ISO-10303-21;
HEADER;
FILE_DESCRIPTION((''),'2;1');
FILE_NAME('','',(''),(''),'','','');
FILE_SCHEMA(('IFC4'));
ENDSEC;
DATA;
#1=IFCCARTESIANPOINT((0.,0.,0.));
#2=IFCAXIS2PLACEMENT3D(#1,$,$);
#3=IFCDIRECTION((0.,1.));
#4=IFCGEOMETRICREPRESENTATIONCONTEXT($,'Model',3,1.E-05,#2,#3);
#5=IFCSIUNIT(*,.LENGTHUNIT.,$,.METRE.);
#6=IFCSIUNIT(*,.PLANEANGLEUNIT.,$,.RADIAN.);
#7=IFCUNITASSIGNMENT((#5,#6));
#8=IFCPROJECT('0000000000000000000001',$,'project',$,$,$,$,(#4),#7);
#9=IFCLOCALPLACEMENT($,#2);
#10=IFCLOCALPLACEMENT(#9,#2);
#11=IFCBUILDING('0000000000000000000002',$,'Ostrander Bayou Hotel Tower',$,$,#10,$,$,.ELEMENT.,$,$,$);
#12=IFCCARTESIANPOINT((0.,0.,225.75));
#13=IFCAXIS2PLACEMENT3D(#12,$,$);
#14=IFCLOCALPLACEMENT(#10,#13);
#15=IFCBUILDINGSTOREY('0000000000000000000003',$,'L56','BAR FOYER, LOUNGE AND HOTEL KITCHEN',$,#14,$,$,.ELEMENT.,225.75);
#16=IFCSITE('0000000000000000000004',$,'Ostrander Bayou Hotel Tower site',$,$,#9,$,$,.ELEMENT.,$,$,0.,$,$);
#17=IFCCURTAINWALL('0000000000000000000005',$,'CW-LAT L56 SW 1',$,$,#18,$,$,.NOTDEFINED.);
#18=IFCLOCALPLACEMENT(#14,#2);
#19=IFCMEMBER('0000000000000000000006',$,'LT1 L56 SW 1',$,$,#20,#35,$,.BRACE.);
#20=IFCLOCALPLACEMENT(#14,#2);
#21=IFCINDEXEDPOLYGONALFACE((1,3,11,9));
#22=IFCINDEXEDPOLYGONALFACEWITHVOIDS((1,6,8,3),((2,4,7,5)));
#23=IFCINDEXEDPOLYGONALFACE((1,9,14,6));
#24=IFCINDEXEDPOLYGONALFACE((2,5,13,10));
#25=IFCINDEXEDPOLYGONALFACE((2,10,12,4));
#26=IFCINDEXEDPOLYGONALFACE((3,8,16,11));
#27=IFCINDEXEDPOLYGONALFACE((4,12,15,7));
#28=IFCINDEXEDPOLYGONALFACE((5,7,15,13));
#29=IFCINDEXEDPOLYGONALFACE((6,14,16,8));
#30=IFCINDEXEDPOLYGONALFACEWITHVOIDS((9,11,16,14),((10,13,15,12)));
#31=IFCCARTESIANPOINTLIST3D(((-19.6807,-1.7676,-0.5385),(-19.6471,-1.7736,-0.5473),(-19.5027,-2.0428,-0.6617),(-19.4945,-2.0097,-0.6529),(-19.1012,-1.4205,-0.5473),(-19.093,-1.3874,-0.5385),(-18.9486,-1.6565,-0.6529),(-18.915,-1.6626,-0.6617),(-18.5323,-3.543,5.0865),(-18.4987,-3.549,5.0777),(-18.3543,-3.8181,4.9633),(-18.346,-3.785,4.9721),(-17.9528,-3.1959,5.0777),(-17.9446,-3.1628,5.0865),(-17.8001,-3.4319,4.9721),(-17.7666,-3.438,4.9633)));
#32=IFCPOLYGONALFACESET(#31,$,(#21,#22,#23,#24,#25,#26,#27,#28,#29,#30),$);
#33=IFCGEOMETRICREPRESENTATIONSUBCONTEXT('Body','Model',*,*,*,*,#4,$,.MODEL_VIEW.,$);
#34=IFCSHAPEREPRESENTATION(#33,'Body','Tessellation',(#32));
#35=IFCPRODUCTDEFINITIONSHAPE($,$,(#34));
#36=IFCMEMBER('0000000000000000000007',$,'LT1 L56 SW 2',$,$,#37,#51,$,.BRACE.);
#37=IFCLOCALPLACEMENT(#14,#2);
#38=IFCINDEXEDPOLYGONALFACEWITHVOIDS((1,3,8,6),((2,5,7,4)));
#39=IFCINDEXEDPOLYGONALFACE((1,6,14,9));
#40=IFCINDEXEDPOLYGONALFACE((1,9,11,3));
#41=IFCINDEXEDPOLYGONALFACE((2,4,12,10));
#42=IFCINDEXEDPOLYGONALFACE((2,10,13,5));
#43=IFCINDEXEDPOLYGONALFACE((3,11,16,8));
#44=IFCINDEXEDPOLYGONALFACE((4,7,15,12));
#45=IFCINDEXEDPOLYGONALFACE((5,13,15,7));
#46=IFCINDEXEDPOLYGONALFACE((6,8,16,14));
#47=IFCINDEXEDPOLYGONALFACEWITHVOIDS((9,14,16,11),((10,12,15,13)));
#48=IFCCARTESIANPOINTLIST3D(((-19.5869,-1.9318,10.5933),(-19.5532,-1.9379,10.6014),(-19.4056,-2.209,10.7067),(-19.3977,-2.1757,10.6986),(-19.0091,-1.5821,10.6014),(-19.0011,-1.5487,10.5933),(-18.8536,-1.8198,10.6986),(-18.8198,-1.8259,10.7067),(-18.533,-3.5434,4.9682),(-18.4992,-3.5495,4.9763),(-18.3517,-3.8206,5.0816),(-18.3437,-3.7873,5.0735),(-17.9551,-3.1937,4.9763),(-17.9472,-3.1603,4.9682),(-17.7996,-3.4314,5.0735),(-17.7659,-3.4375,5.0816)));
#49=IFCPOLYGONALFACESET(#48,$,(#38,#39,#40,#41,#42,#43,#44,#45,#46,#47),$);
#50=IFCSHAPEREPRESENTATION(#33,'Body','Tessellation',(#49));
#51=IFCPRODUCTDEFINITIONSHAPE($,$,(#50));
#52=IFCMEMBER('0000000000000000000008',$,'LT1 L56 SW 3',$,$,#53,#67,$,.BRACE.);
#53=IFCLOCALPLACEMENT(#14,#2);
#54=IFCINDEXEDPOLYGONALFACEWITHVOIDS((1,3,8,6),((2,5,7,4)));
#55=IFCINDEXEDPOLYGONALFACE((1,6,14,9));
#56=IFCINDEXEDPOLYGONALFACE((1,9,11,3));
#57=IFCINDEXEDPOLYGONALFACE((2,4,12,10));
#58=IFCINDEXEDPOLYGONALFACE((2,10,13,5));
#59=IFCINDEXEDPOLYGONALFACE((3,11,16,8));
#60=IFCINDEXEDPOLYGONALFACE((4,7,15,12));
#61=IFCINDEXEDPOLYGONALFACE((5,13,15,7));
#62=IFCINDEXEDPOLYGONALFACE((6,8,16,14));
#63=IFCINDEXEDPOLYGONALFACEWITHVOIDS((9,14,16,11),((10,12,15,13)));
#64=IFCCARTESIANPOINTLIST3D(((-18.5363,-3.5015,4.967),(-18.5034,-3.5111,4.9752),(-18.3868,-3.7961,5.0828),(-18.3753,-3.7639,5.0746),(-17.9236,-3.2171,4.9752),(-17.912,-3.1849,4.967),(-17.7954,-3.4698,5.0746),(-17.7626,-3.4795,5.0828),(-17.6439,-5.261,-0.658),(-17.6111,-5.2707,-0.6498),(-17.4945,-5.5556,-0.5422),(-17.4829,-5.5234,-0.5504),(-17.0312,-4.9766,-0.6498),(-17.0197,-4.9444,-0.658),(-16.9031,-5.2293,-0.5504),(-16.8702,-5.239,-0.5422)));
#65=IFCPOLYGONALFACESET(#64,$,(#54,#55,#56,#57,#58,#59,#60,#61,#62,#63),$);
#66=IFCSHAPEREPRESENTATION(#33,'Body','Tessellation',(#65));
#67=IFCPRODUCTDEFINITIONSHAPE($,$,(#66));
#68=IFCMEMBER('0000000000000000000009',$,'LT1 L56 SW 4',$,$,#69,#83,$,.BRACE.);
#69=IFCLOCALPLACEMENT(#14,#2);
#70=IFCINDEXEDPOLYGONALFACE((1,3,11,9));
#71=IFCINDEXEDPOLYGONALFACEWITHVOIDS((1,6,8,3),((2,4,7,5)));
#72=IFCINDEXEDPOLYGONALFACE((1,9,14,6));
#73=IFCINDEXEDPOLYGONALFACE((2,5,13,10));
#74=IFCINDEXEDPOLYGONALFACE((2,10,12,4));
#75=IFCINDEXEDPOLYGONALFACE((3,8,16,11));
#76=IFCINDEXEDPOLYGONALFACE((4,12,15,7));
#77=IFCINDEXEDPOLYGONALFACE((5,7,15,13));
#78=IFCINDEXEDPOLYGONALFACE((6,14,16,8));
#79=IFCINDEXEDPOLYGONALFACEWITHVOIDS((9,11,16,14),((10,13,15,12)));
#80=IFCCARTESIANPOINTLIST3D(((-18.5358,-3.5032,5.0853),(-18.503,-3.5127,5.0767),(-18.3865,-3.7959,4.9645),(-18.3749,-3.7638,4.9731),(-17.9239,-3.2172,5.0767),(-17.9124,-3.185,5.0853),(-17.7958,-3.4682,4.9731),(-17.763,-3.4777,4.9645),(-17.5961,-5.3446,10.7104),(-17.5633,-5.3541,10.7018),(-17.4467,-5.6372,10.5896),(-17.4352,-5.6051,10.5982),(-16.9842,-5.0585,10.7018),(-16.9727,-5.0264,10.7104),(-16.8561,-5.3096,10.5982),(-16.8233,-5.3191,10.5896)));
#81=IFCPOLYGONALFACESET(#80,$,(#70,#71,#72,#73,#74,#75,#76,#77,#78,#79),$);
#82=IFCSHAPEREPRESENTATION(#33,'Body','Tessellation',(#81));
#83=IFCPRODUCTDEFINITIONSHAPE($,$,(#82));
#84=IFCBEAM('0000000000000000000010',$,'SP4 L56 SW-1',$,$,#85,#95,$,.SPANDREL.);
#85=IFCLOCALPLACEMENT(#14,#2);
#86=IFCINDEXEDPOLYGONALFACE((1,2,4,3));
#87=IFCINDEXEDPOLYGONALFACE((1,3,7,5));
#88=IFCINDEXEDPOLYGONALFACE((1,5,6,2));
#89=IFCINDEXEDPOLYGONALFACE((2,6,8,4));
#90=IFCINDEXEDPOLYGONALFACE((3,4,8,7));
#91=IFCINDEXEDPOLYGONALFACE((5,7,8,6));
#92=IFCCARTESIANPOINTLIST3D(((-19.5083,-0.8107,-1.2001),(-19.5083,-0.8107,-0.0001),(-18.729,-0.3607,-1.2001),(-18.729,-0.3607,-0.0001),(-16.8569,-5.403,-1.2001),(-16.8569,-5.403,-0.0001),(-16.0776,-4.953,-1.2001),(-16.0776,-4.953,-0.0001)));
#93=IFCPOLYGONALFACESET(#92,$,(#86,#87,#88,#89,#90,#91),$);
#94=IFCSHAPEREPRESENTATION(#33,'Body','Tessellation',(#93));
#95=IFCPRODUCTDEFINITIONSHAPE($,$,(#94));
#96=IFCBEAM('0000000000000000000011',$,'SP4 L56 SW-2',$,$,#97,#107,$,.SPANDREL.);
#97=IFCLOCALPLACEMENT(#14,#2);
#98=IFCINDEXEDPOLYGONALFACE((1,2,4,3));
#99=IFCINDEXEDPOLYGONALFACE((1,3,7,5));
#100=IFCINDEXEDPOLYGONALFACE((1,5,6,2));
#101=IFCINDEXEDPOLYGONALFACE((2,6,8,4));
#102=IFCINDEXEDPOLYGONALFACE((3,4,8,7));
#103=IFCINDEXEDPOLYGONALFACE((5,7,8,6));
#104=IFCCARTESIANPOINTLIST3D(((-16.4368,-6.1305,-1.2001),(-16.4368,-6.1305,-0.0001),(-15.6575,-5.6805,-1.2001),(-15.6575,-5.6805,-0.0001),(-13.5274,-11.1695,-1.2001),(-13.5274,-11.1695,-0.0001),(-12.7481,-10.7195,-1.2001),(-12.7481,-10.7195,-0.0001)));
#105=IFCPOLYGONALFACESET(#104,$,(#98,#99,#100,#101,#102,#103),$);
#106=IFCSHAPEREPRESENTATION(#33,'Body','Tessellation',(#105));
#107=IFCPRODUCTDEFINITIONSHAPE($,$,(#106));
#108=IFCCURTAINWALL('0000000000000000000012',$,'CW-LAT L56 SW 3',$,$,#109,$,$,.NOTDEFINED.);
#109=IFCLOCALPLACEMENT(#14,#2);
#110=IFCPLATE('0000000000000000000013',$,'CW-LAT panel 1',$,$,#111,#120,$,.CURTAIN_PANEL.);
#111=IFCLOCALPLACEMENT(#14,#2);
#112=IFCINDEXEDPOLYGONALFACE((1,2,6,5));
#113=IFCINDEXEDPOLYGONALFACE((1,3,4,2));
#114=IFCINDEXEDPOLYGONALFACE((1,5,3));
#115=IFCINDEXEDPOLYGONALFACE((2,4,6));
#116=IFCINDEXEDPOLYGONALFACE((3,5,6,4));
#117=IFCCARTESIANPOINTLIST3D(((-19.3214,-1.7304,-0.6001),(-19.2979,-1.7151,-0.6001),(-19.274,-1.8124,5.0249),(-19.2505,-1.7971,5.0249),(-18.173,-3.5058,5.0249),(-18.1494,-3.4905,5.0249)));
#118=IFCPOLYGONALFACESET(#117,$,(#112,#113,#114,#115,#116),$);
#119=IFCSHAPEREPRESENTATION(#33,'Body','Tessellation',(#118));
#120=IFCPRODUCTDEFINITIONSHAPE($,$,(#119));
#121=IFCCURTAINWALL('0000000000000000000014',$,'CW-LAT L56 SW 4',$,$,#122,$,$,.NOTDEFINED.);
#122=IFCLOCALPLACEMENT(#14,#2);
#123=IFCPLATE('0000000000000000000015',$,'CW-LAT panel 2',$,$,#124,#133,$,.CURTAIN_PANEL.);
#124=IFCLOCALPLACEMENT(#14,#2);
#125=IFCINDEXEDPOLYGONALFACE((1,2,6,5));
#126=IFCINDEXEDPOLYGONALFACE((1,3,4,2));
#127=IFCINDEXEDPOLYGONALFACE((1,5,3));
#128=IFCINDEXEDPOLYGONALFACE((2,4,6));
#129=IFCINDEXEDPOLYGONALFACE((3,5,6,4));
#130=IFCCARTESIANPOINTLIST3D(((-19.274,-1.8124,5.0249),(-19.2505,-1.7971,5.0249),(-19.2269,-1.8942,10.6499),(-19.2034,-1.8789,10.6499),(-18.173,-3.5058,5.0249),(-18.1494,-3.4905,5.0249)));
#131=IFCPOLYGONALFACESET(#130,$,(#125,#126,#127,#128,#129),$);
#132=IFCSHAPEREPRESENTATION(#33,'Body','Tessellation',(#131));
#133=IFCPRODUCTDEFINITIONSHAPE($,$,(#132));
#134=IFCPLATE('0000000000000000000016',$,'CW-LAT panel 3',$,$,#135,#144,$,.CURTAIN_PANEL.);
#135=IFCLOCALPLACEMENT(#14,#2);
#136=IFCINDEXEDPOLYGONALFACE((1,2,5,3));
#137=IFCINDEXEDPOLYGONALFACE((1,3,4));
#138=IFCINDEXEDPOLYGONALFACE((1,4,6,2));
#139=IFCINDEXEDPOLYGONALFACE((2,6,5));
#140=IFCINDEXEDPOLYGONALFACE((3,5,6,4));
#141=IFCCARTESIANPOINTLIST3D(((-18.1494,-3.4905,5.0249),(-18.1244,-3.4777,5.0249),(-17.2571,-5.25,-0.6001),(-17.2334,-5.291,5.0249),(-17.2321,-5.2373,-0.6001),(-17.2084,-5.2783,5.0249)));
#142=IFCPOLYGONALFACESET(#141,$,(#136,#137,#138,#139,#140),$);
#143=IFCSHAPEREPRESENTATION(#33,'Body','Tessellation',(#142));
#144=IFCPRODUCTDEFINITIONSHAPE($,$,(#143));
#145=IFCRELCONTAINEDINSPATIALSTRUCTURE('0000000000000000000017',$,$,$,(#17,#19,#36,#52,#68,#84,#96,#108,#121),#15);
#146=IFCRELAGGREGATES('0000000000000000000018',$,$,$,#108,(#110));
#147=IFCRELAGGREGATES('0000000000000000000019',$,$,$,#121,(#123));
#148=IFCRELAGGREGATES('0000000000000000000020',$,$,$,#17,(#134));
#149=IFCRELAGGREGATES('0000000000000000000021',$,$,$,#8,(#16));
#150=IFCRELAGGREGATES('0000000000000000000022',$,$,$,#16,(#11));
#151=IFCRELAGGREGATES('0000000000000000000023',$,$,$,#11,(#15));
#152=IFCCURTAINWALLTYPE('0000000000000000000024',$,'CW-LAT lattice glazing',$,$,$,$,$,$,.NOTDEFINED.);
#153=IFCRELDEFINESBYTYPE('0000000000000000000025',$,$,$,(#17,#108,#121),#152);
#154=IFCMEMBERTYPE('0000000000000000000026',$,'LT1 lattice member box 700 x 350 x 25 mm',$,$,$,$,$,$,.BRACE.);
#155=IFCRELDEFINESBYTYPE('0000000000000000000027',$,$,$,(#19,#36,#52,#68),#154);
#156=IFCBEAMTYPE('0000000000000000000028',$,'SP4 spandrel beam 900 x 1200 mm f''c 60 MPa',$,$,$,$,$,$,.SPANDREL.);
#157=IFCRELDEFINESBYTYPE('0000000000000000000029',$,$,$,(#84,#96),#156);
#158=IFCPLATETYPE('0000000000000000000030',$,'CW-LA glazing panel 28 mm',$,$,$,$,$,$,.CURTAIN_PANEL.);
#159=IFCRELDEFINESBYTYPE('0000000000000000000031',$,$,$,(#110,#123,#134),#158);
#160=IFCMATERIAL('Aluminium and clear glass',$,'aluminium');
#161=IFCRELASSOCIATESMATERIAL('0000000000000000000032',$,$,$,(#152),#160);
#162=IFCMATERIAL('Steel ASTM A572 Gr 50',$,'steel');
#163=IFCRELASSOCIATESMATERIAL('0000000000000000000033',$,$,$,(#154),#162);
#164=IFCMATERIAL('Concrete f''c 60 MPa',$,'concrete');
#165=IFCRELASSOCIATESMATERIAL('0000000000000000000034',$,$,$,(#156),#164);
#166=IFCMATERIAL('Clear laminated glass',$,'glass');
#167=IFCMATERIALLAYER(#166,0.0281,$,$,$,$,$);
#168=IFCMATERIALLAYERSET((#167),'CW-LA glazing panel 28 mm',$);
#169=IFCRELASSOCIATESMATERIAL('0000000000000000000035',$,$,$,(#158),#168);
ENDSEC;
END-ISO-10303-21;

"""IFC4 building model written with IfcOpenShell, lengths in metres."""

from ifc_helpers import new_model, si_unit, direction, frame, origin, origin_2d, place, context, subcontext, project, spatial, polyline, rectangle, hollow_rectangle, outline, extrude, material, layer, layer_set, material_profile, profile_set, type_object, element, aggregate, save


model = new_model("IFC4")

# Units and contexts
model_context = context("Model", 3, precision=1e-05, world=origin(), true_north=direction((0.0, 1.0)))
body_context = subcontext(model_context, "Body", "Model", "MODEL_VIEW")
ifc_project = project(units=[si_unit("LENGTHUNIT", "METRE"), si_unit("PLANEANGLEUNIT", "RADIAN")], contexts=[model_context])

# Site, building, storey
site_placement = place(None, origin())
site = spatial("IfcSite", under=ifc_project, at=site_placement, Name="Ostrander Bayou Hotel Tower site", CompositionType="ELEMENT", RefElevation=0.0)
building_placement = place(site_placement, origin())
building = spatial("IfcBuilding", under=site, at=building_placement, Name="Ostrander Bayou Hotel Tower", CompositionType="ELEMENT")
storey_placement = place(building_placement, frame((0.0, 0.0, 225.75)))
storey = spatial("IfcBuildingStorey", under=building, at=storey_placement, Name="L56", Description="BAR FOYER, LOUNGE AND HOTEL KITCHEN", CompositionType="ELEMENT", Elevation=225.75)

# Curtain wall
ifc_material_1 = material(Name="Aluminium and clear glass", Category="aluminium")
curtain_wall_type = type_object("IfcCurtainWallType", Name="CW-LAT lattice glazing", PredefinedType="NOTDEFINED", material=ifc_material_1)
curtain_wall_1_placement = place(storey_placement, origin())
curtain_wall_1 = element("IfcCurtainWall", 1, at=curtain_wall_1_placement, inside=storey, type_object=curtain_wall_type, Name="CW-LAT L56 SW 1", PredefinedType="NOTDEFINED")

# Members
ifc_material_2 = material(Name="Steel ASTM A572 Gr 50", Category="steel")
ifc_material_profile_1 = material_profile(ifc_material_2, hollow_rectangle(XDim=0.7, YDim=0.3501, WallThickness=0.0249, at=origin_2d()))
ifc_profile_set_1 = profile_set([ifc_material_profile_1], Name="Steel ASTM A572 Gr 50")
member_type_1 = type_object("IfcMemberType", Name="LT1 lattice member box 700 x 350 x 25 mm", PredefinedType="BRACE", material=ifc_profile_set_1)
member_1_placement = place(storey_placement, frame((-18.1494, -3.4905, 5.0249), z_axis=(-0.19111, 0.295441, -0.936051), x_axis=(-0.839644, -0.543136, 0.0)))
element("IfcMember", 2, at=member_1_placement, inside=storey, type_object=member_type_1, Name="LT1 L56 SW 1", PredefinedType="BRACE", context=body_context, shape_type="SweptSolid", body=[
    extrude(hollow_rectangle(XDim=0.7, YDim=0.3501, WallThickness=0.0249, at=origin_2d()), origin(), (0.0, 0.0, 1.0), 6.0093),
])
member_2_placement = place(storey_placement, frame((-18.1494, -3.4905, 5.0249), z_axis=(-0.17727, 0.271059, 0.946098), x_axis=(-0.836914, -0.547335, 0.0)))
element("IfcMember", 3, at=member_2_placement, inside=storey, type_object=member_type_1, Name="LT1 L56 SW 2", PredefinedType="BRACE", context=body_context, shape_type="SweptSolid", body=[
    extrude(hollow_rectangle(XDim=0.7, YDim=0.3501, WallThickness=0.0249, at=origin_2d()), origin(), (0.0, 0.0, 1.0), 5.9456),
])
member_3_placement = place(storey_placement, frame((-18.1494, -3.4905, 5.0249), z_axis=(0.149697, -0.295175, -0.943643), x_axis=(0.891863, 0.452305, 0.0)))
element("IfcMember", 4, at=member_3_placement, inside=storey, type_object=member_type_1, Name="LT1 L56 SW 3", PredefinedType="BRACE", context=body_context, shape_type="SweptSolid", body=[
    extrude(hollow_rectangle(XDim=0.7, YDim=0.3501, WallThickness=0.0249, at=origin_2d()), origin(), (0.0, 0.0, 1.0), 5.9609),
])
member_4_placement = place(storey_placement, frame((-18.1494, -3.4905, 5.0249), z_axis=(0.156803, -0.307252, 0.938621), x_axis=(0.890712, 0.454568, 0.0)))
element("IfcMember", 5, at=member_4_placement, inside=storey, type_object=member_type_1, Name="LT1 L56 SW 4", PredefinedType="BRACE", context=body_context, shape_type="SweptSolid", body=[
    extrude(hollow_rectangle(XDim=0.7, YDim=0.3501, WallThickness=0.0249, at=origin_2d()), origin(), (0.0, 0.0, 1.0), 5.9929),
])

# Beams
ifc_material_3 = material(Name="Concrete f'c 60 MPa", Category="concrete")
ifc_material_profile_2 = material_profile(ifc_material_3, rectangle(XDim=0.8999, YDim=1.2, at=origin_2d()))
ifc_profile_set_2 = profile_set([ifc_material_profile_2], Name="Concrete f'c 60 MPa")
beam_type_1 = type_object("IfcBeamType", Name="SP4 spandrel beam 900 x 1200 mm f'c 60 MPa", PredefinedType="SPANDREL", material=ifc_profile_set_2)
beam_1_placement = place(storey_placement, frame((-19.1187, -0.5857, -0.6001), z_axis=(0.500001, -0.866025, 0.0), x_axis=(0.866025, 0.500001, 0.0)))
element("IfcBeam", 6, at=beam_1_placement, inside=storey, type_object=beam_type_1, Name="SP4 L56 SW-1", PredefinedType="SPANDREL", context=body_context, shape_type="SweptSolid", body=[
    extrude(rectangle(XDim=0.8999, YDim=1.2, at=origin_2d()), origin(), (0.0, 0.0, 1.0), 5.3027),
])
beam_2_placement = place(storey_placement, frame((-16.0471, -5.9055, -0.6001), z_axis=(0.500015, -0.866016, 0.0), x_axis=(0.866016, 0.500015, 0.0)))
element("IfcBeam", 7, at=beam_2_placement, inside=storey, type_object=beam_type_1, Name="SP4 L56 SW-2", PredefinedType="SPANDREL", context=body_context, shape_type="SweptSolid", body=[
    extrude(rectangle(XDim=0.8999, YDim=1.2, at=origin_2d()), origin(), (0.0, 0.0, 1.0), 5.8186),
])

# Curtain walls, plates
curtain_wall_2_placement = place(storey_placement, origin())
curtain_wall_2 = element("IfcCurtainWall", 8, at=curtain_wall_2_placement, inside=storey, type_object=curtain_wall_type, Name="CW-LAT L56 SW 3", PredefinedType="NOTDEFINED")
ifc_material_4 = material(Name="Clear laminated glass", Category="glass")
ifc_layer_1 = layer(ifc_material_4, 0.0281)
ifc_layer_set_1 = layer_set([ifc_layer_1], Name="CW-LA glazing panel 28 mm")
plate_type = type_object("IfcPlateType", Name="CW-LA glazing panel 28 mm", PredefinedType="CURTAIN_PANEL", material=ifc_layer_set_1)
plate_1_placement = place(storey_placement, frame((-18.1494, -3.4905, 5.0249), z_axis=(0.838355, 0.545124, 0.000891), x_axis=(-0.19111, 0.295441, -0.936051)))
plate_1 = element("IfcPlate", 9, at=plate_1_placement, type_object=plate_type, Name="CW-LAT panel 1", PredefinedType="CURTAIN_PANEL", context=body_context, shape_type="SweptSolid", body=[
    extrude(outline(polyline([(0.0, 0.0), (6.0093, 0.0), (0.7107, 1.8907), (0.0, 0.0)])), origin(), (0.0, 0.0, -1.0), 0.0281),
])
aggregate(curtain_wall_2, [plate_1])
curtain_wall_3_placement = place(storey_placement, origin())
curtain_wall_3 = element("IfcCurtainWall", 10, at=curtain_wall_3_placement, inside=storey, type_object=curtain_wall_type, Name="CW-LAT L56 SW 4", PredefinedType="NOTDEFINED")
plate_2_placement = place(storey_placement, frame((-18.1494, -3.4905, 5.0249), z_axis=(0.838355, 0.545124, 0.000903), x_axis=(-0.17727, 0.271059, 0.946098)))
plate_2 = element("IfcPlate", 11, at=plate_2_placement, type_object=plate_type, Name="CW-LAT panel 2", PredefinedType="CURTAIN_PANEL", context=body_context, shape_type="SweptSolid", body=[
    extrude(outline(polyline([(0.0, 0.0), (5.9455, 0.0), (0.6542, -1.911), (0.0, 0.0)])), origin(), (0.0, 0.0, -1.0), 0.0281),
])
aggregate(curtain_wall_3, [plate_2])

# Plate
plate_3_placement = place(storey_placement, frame((-18.1494, -3.4905, 5.0249), z_axis=(-0.891287, -0.453439, 0.000446), x_axis=(0.149697, -0.295175, -0.943643)))
plate_3 = element("IfcPlate", 12, at=plate_3_placement, type_object=plate_type, Name="CW-LAT panel 3", PredefinedType="CURTAIN_PANEL", context=body_context, shape_type="SweptSolid", body=[
    extrude(outline(polyline([(0.0, 0.0), (5.9609, 0.0), (0.6686, 1.9063), (0.0, 0.0)])), origin(), (0.0, 0.0, -1.0), 0.0281),
])
aggregate(curtain_wall_1, [plate_3])

save(model, "model.ifc")
